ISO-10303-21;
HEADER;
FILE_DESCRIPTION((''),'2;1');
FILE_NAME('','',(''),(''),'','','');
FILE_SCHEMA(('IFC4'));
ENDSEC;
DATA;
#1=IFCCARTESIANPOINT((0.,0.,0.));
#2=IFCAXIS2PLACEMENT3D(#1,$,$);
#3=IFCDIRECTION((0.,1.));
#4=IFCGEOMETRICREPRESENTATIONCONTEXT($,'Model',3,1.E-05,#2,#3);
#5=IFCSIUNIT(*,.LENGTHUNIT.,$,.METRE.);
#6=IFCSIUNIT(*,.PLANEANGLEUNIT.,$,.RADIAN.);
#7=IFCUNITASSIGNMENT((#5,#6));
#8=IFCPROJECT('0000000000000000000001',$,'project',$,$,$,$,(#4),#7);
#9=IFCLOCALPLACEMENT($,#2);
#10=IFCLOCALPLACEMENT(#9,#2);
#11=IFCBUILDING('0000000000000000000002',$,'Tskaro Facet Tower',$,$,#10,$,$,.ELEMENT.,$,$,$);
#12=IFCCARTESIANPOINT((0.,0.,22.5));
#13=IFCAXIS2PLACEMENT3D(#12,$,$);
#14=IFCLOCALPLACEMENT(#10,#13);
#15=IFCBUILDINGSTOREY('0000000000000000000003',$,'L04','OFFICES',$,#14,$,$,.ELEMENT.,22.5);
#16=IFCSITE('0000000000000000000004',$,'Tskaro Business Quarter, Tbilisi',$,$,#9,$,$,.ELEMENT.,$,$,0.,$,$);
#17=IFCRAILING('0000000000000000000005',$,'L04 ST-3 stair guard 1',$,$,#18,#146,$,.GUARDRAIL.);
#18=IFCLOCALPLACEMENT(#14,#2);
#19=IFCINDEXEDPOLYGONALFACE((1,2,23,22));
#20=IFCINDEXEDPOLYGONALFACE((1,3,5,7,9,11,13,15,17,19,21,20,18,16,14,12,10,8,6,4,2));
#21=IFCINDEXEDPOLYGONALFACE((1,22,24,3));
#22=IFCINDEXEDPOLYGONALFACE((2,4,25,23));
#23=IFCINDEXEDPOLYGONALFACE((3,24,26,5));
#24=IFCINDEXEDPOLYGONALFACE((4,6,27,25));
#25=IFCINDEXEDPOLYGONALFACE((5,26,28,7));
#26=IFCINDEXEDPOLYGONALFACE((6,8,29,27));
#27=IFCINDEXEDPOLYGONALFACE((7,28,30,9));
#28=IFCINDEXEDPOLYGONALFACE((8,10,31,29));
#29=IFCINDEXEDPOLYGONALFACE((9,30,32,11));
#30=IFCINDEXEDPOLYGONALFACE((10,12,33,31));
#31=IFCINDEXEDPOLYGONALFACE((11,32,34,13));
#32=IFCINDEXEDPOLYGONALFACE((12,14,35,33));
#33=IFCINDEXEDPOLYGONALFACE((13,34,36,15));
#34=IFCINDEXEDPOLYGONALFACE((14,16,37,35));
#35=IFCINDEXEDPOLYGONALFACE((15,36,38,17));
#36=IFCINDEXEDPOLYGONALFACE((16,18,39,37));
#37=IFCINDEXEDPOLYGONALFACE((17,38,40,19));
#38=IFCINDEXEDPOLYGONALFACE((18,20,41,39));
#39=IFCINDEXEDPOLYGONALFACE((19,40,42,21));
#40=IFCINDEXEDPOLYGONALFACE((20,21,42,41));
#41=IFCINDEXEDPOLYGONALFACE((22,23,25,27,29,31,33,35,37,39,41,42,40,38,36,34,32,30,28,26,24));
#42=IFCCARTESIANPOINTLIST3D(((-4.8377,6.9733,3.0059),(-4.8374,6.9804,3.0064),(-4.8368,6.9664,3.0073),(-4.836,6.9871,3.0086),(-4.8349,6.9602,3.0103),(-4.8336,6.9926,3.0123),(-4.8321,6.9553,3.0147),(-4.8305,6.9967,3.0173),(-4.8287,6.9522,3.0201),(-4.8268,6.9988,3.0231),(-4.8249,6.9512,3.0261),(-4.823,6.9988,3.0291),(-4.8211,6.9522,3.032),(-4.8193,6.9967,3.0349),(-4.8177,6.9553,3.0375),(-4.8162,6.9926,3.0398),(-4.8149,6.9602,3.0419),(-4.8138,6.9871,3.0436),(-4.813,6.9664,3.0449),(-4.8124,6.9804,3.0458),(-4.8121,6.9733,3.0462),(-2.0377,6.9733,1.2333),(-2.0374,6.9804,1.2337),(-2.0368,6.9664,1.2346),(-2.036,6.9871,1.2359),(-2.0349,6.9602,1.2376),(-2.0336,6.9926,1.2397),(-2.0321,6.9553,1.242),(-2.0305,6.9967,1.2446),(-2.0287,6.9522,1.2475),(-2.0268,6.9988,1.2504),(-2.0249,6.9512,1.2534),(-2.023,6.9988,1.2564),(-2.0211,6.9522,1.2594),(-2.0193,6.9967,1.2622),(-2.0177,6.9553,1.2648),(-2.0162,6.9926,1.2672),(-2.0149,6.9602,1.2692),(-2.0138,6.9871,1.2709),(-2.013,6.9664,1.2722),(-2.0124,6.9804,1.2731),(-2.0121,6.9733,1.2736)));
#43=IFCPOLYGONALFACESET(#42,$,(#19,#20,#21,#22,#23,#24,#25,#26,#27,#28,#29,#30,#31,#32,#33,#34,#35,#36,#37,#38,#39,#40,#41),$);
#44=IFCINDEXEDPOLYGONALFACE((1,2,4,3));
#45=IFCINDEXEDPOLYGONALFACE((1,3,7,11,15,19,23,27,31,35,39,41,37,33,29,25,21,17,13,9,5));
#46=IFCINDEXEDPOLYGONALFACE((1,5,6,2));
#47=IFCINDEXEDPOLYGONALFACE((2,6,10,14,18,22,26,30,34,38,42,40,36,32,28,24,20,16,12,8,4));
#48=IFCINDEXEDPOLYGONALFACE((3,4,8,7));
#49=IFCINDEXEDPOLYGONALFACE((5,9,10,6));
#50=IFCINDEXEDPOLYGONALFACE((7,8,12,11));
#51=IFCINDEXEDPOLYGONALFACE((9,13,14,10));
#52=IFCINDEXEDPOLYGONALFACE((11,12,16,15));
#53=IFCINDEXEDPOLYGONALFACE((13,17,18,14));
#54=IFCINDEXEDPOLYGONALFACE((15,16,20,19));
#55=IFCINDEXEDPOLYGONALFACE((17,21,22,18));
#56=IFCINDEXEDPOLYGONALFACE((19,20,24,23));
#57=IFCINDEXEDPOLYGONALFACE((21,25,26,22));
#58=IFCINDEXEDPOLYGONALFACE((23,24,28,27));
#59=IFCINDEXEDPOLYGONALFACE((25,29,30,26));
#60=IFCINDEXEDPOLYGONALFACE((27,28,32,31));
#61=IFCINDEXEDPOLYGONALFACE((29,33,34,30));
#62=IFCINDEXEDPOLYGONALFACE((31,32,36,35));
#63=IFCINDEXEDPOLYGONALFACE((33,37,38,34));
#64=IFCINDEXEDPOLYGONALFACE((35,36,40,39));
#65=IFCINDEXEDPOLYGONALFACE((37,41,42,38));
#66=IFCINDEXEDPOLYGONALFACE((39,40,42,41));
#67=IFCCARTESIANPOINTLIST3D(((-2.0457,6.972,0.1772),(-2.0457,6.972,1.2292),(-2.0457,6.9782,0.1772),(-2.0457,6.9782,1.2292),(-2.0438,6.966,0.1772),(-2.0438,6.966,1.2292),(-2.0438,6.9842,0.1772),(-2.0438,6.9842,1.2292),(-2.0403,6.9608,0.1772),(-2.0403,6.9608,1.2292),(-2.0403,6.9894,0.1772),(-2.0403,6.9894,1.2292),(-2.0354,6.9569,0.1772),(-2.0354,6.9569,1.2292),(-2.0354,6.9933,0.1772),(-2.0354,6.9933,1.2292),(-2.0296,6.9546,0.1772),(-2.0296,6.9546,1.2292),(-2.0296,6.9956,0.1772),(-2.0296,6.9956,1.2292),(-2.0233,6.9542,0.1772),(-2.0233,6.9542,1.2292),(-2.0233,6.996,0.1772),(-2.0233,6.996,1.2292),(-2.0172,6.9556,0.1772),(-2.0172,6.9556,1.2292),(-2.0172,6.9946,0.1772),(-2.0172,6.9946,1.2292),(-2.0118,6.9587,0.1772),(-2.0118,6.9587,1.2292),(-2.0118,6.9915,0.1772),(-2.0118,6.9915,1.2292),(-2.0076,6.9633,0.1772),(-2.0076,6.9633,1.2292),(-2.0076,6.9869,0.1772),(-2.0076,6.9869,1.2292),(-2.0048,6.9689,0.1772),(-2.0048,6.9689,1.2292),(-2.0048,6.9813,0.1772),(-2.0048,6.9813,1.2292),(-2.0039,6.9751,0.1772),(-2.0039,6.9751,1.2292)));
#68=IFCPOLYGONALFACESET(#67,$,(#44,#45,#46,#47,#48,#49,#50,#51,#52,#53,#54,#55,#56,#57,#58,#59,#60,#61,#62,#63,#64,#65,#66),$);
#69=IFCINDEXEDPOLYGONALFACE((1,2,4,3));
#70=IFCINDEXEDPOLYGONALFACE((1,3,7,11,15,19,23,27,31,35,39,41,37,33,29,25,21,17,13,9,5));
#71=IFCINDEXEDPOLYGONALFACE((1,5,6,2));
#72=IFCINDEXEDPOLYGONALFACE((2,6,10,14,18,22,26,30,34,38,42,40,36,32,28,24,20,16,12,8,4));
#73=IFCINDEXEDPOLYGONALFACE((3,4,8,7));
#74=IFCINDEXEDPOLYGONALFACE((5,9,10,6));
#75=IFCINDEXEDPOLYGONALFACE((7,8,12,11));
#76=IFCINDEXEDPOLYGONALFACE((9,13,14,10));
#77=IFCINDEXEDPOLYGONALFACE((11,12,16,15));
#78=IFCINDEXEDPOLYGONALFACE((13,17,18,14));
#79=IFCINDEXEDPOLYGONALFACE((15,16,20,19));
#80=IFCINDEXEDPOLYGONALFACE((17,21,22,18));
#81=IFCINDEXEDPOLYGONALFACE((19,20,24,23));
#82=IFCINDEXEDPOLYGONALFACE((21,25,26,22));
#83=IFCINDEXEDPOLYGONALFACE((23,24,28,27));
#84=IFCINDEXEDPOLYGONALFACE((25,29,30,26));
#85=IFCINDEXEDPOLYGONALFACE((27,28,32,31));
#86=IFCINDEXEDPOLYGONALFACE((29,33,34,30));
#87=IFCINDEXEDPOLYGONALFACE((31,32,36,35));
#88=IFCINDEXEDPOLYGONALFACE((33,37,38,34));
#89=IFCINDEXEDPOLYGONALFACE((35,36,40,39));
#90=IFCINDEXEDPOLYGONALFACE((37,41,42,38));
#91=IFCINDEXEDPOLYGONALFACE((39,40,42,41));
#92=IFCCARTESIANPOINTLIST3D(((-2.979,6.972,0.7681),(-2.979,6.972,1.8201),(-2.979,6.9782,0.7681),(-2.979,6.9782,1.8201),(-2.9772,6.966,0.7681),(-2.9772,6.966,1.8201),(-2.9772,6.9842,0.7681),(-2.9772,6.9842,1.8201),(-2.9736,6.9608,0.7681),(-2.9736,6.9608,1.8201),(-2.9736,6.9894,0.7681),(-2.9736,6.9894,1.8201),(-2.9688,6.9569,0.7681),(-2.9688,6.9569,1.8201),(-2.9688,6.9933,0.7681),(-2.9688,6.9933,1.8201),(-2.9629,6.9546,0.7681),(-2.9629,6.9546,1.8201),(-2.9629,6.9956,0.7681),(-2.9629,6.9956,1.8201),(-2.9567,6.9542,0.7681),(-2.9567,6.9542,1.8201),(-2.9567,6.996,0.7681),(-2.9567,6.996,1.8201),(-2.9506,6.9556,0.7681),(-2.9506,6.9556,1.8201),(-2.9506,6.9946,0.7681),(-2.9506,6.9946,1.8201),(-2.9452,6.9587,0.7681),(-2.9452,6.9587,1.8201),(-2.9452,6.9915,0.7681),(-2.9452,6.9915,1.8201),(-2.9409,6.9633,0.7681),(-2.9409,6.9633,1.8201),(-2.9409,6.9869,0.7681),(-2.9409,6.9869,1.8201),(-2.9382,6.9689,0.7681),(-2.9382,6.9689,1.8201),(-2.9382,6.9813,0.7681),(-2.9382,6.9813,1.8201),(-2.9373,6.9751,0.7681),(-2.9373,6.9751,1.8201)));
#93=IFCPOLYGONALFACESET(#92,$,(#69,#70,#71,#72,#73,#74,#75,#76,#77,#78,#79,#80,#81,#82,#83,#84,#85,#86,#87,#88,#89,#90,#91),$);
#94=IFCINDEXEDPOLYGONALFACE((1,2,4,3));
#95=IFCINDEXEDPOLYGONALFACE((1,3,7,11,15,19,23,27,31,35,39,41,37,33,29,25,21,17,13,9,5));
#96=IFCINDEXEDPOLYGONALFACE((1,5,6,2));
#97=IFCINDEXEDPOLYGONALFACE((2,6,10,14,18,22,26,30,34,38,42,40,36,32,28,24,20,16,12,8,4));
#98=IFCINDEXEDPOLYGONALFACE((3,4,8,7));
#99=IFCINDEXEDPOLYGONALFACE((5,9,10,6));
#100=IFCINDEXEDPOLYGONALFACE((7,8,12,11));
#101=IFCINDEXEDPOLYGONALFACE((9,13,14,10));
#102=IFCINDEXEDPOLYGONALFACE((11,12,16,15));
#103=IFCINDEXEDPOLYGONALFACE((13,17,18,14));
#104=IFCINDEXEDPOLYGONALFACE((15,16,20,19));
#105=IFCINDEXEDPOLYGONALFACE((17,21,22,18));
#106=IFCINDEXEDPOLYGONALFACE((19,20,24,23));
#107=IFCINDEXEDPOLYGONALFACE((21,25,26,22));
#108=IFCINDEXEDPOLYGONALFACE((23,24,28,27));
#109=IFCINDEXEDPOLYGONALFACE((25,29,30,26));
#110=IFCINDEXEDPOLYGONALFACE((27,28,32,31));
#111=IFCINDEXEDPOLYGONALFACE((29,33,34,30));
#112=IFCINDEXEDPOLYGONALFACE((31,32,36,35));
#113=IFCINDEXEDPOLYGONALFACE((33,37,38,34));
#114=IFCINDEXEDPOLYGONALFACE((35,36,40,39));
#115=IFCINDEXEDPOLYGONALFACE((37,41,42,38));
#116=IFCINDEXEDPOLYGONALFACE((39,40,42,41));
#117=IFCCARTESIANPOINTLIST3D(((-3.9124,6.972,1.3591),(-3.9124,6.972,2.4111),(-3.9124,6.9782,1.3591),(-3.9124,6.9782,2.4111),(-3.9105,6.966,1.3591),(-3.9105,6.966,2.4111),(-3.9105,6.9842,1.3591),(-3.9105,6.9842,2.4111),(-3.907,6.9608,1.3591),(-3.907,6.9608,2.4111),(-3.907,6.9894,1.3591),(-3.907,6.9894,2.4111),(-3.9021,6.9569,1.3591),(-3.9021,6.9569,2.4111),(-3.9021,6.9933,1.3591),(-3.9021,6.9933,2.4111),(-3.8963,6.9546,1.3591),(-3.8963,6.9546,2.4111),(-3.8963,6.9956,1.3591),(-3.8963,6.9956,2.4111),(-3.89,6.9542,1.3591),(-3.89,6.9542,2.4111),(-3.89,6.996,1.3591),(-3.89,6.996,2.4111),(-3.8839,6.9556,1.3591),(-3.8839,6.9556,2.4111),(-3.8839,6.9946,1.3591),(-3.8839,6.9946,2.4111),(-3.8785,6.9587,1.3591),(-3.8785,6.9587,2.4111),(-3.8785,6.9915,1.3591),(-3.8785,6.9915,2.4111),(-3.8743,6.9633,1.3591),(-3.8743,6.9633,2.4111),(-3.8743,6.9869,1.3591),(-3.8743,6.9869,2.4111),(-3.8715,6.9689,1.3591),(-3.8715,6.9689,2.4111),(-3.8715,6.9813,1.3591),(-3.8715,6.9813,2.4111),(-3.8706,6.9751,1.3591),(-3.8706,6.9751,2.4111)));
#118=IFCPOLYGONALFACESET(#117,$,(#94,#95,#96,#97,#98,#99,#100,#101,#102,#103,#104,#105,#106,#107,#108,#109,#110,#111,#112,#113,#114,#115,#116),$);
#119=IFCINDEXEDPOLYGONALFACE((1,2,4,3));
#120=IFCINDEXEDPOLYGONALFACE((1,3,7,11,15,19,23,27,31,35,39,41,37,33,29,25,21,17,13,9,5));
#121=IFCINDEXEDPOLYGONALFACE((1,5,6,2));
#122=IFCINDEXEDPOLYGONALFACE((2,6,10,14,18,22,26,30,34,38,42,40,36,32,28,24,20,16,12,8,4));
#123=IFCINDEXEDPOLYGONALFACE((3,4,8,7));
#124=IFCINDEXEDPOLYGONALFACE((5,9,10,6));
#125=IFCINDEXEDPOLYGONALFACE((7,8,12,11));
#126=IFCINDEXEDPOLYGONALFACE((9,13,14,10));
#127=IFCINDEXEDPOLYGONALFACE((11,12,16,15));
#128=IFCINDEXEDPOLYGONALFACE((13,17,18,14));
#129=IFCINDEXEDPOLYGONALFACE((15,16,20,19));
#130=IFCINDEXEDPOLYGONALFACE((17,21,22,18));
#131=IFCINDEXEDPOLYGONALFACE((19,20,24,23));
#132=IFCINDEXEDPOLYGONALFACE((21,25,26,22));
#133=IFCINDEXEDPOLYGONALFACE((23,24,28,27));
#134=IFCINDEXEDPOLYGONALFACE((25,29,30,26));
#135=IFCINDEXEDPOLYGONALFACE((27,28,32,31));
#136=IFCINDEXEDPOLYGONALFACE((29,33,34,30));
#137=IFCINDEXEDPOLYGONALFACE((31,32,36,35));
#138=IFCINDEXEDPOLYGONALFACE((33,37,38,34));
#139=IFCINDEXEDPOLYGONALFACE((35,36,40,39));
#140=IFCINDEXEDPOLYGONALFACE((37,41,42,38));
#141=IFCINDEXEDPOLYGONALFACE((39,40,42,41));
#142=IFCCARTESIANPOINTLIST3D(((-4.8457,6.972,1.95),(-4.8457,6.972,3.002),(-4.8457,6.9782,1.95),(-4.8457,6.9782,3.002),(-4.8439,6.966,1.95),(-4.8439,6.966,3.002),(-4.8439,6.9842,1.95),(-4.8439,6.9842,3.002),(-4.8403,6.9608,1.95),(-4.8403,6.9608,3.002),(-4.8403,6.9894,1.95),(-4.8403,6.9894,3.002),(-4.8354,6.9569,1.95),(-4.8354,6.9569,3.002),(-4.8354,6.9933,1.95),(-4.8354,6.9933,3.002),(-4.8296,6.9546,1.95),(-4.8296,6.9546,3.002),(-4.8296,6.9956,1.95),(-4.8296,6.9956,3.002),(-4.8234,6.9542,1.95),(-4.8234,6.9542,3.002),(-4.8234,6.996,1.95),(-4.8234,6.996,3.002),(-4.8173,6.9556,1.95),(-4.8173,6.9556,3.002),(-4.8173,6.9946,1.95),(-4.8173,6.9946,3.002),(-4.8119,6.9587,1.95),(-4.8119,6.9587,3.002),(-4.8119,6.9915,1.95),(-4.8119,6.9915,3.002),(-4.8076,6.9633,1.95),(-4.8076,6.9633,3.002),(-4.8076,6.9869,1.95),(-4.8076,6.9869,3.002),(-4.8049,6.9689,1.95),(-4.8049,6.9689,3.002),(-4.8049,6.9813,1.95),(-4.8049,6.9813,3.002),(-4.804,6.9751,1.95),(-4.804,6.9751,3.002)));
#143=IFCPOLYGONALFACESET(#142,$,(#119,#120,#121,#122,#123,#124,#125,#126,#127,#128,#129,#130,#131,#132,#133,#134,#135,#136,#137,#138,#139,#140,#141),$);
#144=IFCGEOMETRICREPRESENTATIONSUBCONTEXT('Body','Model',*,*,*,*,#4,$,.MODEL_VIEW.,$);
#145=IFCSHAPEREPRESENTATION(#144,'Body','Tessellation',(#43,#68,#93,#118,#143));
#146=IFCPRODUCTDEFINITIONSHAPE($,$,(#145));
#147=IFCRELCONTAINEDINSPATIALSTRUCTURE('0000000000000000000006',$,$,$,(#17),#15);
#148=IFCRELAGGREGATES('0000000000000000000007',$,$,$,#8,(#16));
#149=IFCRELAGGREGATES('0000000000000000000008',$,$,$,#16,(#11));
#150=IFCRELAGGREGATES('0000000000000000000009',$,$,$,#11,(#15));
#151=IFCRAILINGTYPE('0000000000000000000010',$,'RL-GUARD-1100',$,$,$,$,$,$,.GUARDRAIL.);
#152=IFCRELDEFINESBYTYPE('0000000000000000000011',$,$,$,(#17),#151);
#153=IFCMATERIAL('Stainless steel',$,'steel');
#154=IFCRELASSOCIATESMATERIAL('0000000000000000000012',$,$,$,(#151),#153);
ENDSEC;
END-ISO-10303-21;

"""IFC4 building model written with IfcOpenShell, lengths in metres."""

from ifc_helpers import new_model, si_unit, direction, frame, origin, origin_2d, place, context, subcontext, project, spatial, circle, extrude, material, type_object, element, save


model = new_model("IFC4")

# Units and contexts
model_context = context("Model", 3, precision=1e-05, world=origin(), true_north=direction((0.0, 1.0)))
body_context = subcontext(model_context, "Body", "Model", "MODEL_VIEW")
ifc_project = project(units=[si_unit("LENGTHUNIT", "METRE"), si_unit("PLANEANGLEUNIT", "RADIAN")], contexts=[model_context])

# Site, building, storey
site_placement = place(None, origin())
site = spatial("IfcSite", under=ifc_project, at=site_placement, Name="Tskaro Business Quarter, Tbilisi", CompositionType="ELEMENT", RefElevation=0.0)
building_placement = place(site_placement, origin())
building = spatial("IfcBuilding", under=site, at=building_placement, Name="Tskaro Facet Tower", CompositionType="ELEMENT")
storey_placement = place(building_placement, frame((0.0, 0.0, 22.5)))
storey = spatial("IfcBuildingStorey", under=building, at=storey_placement, Name="L04", Description="OFFICES", CompositionType="ELEMENT", Elevation=22.5)

# Railing
ifc_material_1 = material(Name="Stainless steel", Category="steel")
railing_type_1 = type_object("IfcRailingType", Name="RL-GUARD-1100", PredefinedType="GUARDRAIL", material=ifc_material_1)
railing_1_placement = place(storey_placement, frame((-2.0249, 6.9751, 0.1772)))
element("IfcRailing", 1, at=railing_1_placement, inside=storey, type_object=railing_type_1, Name="L04 ST-3 stair guard 1", PredefinedType="GUARDRAIL", context=body_context, shape_type="SweptSolid", body=[
    extrude(circle(Radius=0.0239, at=origin_2d()), frame((0.0, 0.0, 1.0762), z_axis=(-0.844909, 0.0, 0.53491), x_axis=(0.0, -1.0, 0.0)), (0.0, 0.0, 1.0), 3.314),
    extrude(circle(Radius=0.021, at=origin_2d()), origin(), (0.0, 0.0, 1.0), 1.052),
    extrude(circle(Radius=0.021, at=origin_2d()), frame((-0.9333, 0.0, 0.5908)), (0.0, 0.0, 1.0), 1.052),
    extrude(circle(Radius=0.021, at=origin_2d()), frame((-1.8667, 0.0, 1.1819)), (0.0, 0.0, 1.0), 1.052),
    extrude(circle(Radius=0.021, at=origin_2d()), frame((-2.8, 0.0, 1.7727)), (0.0, 0.0, 1.0), 1.052),
])

save(model, "model.ifc")
